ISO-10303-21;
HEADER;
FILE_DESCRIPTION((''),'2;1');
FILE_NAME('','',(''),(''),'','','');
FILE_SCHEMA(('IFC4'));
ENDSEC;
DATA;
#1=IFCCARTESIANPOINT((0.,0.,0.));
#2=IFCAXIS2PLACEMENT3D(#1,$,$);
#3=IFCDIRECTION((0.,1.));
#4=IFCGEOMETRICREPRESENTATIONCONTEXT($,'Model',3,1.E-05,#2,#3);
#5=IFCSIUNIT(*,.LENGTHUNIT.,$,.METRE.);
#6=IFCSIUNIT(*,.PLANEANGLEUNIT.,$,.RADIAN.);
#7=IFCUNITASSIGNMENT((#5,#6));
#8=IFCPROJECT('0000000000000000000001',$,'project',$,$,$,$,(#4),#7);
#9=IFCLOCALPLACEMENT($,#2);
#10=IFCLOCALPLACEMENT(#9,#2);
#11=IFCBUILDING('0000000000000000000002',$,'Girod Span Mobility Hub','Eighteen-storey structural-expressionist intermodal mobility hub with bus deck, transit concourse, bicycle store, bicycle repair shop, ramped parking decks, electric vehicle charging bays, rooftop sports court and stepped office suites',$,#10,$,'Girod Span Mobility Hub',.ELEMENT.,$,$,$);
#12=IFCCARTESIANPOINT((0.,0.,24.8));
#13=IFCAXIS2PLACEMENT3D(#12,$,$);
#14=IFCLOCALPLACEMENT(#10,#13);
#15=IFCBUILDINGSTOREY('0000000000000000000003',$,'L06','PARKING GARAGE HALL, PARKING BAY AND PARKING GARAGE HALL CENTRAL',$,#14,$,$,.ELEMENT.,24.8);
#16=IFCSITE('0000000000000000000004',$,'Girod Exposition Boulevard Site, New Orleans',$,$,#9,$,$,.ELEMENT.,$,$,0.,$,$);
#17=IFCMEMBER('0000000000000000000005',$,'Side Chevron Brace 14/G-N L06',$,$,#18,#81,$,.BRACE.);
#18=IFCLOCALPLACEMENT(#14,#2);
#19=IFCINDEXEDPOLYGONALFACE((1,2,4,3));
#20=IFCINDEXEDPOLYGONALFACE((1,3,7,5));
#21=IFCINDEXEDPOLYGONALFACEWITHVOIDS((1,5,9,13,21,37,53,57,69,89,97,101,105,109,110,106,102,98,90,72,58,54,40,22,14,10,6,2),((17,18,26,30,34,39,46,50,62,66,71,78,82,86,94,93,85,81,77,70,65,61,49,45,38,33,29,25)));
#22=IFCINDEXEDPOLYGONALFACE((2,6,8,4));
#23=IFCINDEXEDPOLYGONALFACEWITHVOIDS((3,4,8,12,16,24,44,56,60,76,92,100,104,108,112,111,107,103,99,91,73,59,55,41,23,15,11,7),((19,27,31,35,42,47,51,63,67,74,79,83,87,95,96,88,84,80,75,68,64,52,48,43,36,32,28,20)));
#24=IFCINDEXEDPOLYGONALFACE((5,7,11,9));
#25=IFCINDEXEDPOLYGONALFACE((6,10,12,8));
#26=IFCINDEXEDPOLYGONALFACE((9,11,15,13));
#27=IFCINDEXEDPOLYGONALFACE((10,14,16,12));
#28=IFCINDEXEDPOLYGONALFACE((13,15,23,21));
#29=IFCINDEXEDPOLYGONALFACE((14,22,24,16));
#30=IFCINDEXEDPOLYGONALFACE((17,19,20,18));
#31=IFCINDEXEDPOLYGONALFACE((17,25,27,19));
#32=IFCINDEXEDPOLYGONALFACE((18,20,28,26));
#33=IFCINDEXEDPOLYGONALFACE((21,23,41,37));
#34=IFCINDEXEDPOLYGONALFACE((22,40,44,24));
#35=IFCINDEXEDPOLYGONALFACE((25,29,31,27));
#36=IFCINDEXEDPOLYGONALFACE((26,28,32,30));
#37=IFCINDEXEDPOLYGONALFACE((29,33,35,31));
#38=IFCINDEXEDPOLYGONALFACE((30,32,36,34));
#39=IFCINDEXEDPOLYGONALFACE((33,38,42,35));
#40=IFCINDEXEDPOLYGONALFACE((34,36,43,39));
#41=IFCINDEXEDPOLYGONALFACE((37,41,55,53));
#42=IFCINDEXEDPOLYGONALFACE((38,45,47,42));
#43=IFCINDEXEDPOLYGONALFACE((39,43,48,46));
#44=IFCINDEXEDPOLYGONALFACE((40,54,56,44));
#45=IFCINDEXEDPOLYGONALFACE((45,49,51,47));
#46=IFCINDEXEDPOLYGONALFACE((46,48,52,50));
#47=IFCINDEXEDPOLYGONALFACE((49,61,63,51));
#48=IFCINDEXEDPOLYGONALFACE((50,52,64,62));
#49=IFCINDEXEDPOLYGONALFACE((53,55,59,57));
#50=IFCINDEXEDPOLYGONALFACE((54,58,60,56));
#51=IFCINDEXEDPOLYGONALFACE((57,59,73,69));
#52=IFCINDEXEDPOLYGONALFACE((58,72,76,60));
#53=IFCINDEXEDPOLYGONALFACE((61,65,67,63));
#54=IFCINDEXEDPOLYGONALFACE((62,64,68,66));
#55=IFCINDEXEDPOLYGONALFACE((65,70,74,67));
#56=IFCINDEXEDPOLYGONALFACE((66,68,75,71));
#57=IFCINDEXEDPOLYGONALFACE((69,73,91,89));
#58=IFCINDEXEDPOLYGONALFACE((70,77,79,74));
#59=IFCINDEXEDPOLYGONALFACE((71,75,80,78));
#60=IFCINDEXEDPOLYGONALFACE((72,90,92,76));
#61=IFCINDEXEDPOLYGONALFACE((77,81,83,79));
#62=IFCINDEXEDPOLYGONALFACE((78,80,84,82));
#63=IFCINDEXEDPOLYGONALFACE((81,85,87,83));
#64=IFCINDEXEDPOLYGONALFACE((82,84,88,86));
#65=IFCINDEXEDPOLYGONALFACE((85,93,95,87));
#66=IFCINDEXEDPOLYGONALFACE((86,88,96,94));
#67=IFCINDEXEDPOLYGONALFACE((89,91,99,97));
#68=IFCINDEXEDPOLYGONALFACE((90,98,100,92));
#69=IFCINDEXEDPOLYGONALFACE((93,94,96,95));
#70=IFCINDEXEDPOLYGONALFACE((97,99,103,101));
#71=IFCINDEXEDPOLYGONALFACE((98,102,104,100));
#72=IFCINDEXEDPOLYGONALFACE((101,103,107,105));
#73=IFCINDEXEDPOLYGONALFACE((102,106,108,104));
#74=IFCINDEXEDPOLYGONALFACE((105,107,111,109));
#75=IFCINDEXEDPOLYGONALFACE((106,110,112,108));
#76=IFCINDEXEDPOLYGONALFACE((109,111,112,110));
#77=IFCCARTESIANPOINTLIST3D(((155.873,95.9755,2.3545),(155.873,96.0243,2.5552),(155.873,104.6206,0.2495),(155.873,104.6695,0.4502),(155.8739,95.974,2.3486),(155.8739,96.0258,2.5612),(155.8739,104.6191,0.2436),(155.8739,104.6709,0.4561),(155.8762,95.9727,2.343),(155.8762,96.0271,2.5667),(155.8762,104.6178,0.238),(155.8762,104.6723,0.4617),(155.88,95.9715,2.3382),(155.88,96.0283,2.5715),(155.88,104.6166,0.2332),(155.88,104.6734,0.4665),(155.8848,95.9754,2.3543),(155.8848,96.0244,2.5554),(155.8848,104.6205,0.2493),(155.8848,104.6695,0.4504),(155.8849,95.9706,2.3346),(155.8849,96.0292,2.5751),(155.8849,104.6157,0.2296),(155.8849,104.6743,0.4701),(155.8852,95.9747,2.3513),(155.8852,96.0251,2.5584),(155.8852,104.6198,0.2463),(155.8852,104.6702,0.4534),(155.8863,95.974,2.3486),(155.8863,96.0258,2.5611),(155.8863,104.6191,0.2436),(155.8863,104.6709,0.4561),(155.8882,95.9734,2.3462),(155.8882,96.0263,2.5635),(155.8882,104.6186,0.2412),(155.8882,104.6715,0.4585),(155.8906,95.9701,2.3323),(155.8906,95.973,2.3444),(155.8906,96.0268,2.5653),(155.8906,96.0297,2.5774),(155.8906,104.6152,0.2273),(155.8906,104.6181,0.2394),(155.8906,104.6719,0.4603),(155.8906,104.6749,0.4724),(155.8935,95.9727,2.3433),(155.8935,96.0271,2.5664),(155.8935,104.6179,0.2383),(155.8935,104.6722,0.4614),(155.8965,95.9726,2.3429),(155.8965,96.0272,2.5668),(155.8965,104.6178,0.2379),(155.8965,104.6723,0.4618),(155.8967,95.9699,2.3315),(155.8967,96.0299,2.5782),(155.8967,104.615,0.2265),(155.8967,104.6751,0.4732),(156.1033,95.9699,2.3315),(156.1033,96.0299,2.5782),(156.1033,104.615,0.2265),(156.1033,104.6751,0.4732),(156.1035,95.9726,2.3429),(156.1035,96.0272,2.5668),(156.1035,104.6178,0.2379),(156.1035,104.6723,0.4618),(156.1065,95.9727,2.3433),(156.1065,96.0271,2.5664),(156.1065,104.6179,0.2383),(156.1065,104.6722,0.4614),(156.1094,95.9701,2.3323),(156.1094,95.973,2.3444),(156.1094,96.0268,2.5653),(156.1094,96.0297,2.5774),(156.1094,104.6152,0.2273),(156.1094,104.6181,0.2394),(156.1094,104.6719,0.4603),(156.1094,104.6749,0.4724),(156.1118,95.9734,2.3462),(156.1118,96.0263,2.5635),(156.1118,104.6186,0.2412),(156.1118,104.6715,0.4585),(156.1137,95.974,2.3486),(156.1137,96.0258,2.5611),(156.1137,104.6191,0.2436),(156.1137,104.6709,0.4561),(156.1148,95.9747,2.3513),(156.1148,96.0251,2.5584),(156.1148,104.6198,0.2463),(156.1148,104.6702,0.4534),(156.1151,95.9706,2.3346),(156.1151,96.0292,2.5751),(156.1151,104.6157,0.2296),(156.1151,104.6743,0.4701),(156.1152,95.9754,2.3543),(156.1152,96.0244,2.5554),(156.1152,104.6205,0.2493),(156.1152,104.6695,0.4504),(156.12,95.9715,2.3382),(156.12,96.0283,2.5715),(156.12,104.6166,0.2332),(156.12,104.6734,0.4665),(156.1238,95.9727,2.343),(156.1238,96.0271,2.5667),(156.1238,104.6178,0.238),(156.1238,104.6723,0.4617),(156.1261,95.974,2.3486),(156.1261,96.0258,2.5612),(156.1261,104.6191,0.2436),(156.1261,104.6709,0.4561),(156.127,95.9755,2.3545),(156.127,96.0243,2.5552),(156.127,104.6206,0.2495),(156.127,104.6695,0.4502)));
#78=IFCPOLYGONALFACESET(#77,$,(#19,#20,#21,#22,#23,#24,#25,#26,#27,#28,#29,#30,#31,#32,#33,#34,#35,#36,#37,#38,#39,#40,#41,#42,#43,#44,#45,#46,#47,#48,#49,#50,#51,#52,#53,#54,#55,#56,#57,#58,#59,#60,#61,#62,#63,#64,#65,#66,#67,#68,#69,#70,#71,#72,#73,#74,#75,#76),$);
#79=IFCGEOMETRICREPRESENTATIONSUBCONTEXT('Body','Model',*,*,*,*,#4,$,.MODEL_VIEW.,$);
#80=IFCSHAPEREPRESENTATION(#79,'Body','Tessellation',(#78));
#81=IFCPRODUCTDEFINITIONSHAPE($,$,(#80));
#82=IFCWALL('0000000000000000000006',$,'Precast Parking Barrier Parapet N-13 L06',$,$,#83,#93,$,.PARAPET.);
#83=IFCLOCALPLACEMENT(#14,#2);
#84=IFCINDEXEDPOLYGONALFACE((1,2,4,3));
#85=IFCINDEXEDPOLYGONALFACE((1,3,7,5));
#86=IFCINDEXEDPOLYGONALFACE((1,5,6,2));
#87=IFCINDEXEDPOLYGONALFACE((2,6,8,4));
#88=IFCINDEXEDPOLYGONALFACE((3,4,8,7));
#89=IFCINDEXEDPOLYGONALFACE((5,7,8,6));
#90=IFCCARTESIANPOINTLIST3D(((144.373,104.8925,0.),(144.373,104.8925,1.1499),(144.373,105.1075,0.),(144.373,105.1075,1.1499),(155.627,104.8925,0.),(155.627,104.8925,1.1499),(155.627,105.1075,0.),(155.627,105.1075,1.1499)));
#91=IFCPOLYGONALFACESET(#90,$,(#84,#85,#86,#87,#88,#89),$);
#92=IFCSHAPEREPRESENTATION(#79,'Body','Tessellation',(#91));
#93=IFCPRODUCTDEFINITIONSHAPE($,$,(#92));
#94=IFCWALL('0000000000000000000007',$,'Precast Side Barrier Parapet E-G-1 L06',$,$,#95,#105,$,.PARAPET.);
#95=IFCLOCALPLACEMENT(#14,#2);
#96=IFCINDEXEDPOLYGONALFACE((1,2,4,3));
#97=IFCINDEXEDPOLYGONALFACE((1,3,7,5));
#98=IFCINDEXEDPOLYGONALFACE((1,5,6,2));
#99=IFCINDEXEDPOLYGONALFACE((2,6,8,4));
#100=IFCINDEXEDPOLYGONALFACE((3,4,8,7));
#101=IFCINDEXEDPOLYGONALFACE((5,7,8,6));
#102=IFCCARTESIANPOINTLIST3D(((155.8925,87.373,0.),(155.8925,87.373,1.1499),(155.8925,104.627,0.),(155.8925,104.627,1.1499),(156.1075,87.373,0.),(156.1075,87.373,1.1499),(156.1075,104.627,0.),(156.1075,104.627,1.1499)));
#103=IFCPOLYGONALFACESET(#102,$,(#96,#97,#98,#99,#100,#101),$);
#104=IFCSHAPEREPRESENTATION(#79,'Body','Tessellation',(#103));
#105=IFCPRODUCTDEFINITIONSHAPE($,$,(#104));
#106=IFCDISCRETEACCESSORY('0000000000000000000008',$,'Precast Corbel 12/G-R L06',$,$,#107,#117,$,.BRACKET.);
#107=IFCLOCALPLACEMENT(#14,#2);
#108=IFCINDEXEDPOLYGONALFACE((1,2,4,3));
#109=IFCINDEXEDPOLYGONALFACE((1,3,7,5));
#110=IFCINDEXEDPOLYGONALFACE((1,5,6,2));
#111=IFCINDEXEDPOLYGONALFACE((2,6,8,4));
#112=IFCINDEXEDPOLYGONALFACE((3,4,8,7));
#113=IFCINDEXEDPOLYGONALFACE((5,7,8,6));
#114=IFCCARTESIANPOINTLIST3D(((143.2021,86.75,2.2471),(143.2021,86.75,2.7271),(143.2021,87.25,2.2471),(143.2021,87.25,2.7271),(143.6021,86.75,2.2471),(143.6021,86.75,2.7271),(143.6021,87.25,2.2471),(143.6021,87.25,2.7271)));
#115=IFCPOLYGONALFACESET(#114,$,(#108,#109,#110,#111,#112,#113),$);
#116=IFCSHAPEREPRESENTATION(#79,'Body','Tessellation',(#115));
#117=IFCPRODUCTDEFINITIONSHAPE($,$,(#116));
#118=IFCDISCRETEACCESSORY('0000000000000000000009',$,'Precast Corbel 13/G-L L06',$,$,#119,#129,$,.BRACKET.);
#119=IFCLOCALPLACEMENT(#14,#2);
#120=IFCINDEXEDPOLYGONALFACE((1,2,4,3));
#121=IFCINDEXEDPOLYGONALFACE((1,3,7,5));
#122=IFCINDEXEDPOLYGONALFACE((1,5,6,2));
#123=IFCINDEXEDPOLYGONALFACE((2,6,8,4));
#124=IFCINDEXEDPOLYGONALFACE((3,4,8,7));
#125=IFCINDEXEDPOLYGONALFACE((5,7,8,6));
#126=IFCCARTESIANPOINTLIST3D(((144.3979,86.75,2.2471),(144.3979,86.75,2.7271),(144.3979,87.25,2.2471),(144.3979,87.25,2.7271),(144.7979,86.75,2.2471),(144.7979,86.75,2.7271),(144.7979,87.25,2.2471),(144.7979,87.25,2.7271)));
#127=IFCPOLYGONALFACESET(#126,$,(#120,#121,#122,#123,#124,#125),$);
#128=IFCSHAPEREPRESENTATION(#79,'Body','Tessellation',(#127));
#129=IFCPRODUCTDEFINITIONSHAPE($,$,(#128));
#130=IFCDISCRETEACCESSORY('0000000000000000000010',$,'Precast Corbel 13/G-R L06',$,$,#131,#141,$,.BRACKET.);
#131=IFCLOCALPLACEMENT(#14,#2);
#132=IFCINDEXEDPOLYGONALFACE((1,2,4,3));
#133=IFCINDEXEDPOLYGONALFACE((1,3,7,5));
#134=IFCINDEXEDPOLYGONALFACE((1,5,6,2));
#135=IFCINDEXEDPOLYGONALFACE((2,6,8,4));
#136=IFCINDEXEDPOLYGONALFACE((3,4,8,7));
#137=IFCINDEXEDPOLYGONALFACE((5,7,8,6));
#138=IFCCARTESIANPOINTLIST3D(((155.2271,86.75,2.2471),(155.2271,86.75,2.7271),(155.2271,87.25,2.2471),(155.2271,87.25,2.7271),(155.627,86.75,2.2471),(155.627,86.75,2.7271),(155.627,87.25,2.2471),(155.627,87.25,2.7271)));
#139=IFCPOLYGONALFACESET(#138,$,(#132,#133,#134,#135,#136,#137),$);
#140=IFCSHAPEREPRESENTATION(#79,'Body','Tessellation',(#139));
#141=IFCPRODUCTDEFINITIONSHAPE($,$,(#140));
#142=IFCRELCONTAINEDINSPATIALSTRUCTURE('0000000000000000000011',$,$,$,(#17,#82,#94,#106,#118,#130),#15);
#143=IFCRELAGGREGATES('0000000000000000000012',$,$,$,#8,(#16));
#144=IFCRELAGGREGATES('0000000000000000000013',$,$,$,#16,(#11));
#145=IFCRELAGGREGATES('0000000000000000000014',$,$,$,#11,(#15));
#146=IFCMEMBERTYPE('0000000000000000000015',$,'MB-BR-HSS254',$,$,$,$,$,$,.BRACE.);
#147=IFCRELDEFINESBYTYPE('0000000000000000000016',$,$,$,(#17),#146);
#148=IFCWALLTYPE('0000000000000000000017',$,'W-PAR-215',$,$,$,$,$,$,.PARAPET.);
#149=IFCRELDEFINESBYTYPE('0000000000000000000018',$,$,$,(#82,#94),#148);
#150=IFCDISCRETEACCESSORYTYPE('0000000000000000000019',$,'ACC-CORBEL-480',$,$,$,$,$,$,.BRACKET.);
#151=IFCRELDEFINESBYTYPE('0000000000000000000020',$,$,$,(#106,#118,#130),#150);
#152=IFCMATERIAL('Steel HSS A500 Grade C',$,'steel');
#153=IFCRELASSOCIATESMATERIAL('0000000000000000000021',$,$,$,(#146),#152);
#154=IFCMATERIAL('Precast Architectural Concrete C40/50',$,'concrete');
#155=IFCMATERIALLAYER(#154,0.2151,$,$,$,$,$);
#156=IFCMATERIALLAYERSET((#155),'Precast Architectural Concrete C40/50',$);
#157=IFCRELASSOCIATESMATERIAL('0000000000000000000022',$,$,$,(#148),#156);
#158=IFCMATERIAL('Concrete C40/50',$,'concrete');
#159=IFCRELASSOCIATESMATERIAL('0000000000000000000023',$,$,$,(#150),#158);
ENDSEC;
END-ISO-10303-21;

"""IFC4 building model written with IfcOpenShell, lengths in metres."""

from ifc_helpers import new_model, si_unit, direction, frame, frame_2d, origin, origin_2d, place, context, subcontext, project, spatial, rectangle, hollow_rectangle, extrude, material, layer, layer_set, material_profile, profile_set, type_object, element, save


model = new_model("IFC4")

# Units and contexts
model_context = context("Model", 3, precision=1e-05, world=origin(), true_north=direction((0.0, 1.0)))
body_context = subcontext(model_context, "Body", "Model", "MODEL_VIEW")
ifc_project = project(units=[si_unit("LENGTHUNIT", "METRE"), si_unit("PLANEANGLEUNIT", "RADIAN")], contexts=[model_context])

# Site, building, storey
site_placement = place(None, origin())
site = spatial("IfcSite", under=ifc_project, at=site_placement, Name="Girod Exposition Boulevard Site, New Orleans", CompositionType="ELEMENT", RefElevation=0.0)
building_placement = place(site_placement, origin())
building = spatial("IfcBuilding", under=site, at=building_placement, Name="Girod Span Mobility Hub", Description="Eighteen-storey structural-expressionist intermodal mobility hub with bus deck, transit concourse, bicycle store, bicycle repair shop, ramped parking decks, electric vehicle charging bays, rooftop sports court and stepped office suites", LongName="Girod Span Mobility Hub", CompositionType="ELEMENT")
storey_placement = place(building_placement, frame((0.0, 0.0, 24.8)))
storey = spatial("IfcBuildingStorey", under=building, at=storey_placement, Name="L06", Description="PARKING GARAGE HALL, PARKING BAY AND PARKING GARAGE HALL CENTRAL", CompositionType="ELEMENT", Elevation=24.8)

# Member
ifc_material_1 = material(Name="Steel HSS A500 Grade C", Category="steel")
ifc_material_profile_1 = material_profile(ifc_material_1, hollow_rectangle(XDim=0.2539, YDim=0.2539, WallThickness=0.0117, InnerFilletRadius=0.0117, OuterFilletRadius=0.0237, at=origin_2d()), Name="HSS254X254X12.7")
ifc_profile_set_1 = profile_set([ifc_material_profile_1], Name="Steel HSS A500 Grade C")
member_type = type_object("IfcMemberType", Name="MB-BR-HSS254", PredefinedType="BRACE", material=ifc_profile_set_1)
for number, where, z_axis, x_axis, name in (
    (1, (156.0, 104.645, 0.3499), (0.0, -0.971612, 0.236578), (1.0, 0.0, 0.0), "Side Chevron Brace 14/G-N L06"),
):
    element("IfcMember", number, at=place(storey_placement, frame(where, z_axis=z_axis, x_axis=x_axis)), inside=storey, type_object=member_type, Name=name, PredefinedType="BRACE", context=body_context, shape_type="SweptSolid", body=[
        extrude(hollow_rectangle(XDim=0.2539, YDim=0.2539, WallThickness=0.0117, InnerFilletRadius=0.0117, OuterFilletRadius=0.0237, at=origin_2d()), origin(), (0.0, 0.0, 1.0), 8.8977),
    ])

# Walls
ifc_material_2 = material(Name="Precast Architectural Concrete C40/50", Category="concrete")
ifc_layer = layer(ifc_material_2, 0.2151)
ifc_layer_set = layer_set([ifc_layer], Name="Precast Architectural Concrete C40/50")
wall_type = type_object("IfcWallType", Name="W-PAR-215", PredefinedType="PARAPET", material=ifc_layer_set)
wall_1_placement = place(storey_placement, frame((144.373, 105.0, 0.0), z_axis=(0.0, 0.0, 1.0), x_axis=(1.0, 0.0, 0.0)))
element("IfcWall", 2, at=wall_1_placement, inside=storey, type_object=wall_type, Name="Precast Parking Barrier Parapet N-13 L06", PredefinedType="PARAPET", context=body_context, shape_type="SweptSolid", body=[
    extrude(rectangle(XDim=11.2539, YDim=0.2151, at=frame_2d((5.627, 0.0))), origin(), (0.0, 0.0, 1.0), 1.1499),
])
wall_2_placement = place(storey_placement, frame((156.0, 87.373, 0.0), z_axis=(0.0, 0.0, 1.0), x_axis=(0.0, 1.0, 0.0)))
element("IfcWall", 3, at=wall_2_placement, inside=storey, type_object=wall_type, Name="Precast Side Barrier Parapet E-G-1 L06", PredefinedType="PARAPET", context=body_context, shape_type="SweptSolid", body=[
    extrude(rectangle(XDim=17.2539, YDim=0.2151, at=frame_2d((8.627, 0.0))), origin(), (0.0, 0.0, 1.0), 1.1499),
])

# Discrete accessories
ifc_material_3 = material(Name="Concrete C40/50", Category="concrete")
discrete_accessory_type = type_object("IfcDiscreteAccessoryType", Name="ACC-CORBEL-480", PredefinedType="BRACKET", material=ifc_material_3)
for number, where, z_axis, x_axis, name in (
    (4, (143.4021, 87.0, 2.2471), (0.0, 0.0, 1.0), (1.0, 0.0, 0.0), "Precast Corbel 12/G-R L06"),
    (5, (144.5979, 87.0, 2.2471), (0.0, 0.0, 1.0), (1.0, 0.0, 0.0), "Precast Corbel 13/G-L L06"),
    (6, (155.427, 87.0, 2.2471), (0.0, 0.0, 1.0), (1.0, 0.0, 0.0), "Precast Corbel 13/G-R L06"),
):
    element("IfcDiscreteAccessory", number, at=place(storey_placement, frame(where, z_axis=z_axis, x_axis=x_axis)), inside=storey, type_object=discrete_accessory_type, Name=name, PredefinedType="BRACKET", context=body_context, shape_type="SweptSolid", body=[
        extrude(rectangle(XDim=0.3999, YDim=0.5, at=origin_2d()), origin(), (0.0, 0.0, 1.0), 0.48),
    ])

save(model, "model.ifc")
